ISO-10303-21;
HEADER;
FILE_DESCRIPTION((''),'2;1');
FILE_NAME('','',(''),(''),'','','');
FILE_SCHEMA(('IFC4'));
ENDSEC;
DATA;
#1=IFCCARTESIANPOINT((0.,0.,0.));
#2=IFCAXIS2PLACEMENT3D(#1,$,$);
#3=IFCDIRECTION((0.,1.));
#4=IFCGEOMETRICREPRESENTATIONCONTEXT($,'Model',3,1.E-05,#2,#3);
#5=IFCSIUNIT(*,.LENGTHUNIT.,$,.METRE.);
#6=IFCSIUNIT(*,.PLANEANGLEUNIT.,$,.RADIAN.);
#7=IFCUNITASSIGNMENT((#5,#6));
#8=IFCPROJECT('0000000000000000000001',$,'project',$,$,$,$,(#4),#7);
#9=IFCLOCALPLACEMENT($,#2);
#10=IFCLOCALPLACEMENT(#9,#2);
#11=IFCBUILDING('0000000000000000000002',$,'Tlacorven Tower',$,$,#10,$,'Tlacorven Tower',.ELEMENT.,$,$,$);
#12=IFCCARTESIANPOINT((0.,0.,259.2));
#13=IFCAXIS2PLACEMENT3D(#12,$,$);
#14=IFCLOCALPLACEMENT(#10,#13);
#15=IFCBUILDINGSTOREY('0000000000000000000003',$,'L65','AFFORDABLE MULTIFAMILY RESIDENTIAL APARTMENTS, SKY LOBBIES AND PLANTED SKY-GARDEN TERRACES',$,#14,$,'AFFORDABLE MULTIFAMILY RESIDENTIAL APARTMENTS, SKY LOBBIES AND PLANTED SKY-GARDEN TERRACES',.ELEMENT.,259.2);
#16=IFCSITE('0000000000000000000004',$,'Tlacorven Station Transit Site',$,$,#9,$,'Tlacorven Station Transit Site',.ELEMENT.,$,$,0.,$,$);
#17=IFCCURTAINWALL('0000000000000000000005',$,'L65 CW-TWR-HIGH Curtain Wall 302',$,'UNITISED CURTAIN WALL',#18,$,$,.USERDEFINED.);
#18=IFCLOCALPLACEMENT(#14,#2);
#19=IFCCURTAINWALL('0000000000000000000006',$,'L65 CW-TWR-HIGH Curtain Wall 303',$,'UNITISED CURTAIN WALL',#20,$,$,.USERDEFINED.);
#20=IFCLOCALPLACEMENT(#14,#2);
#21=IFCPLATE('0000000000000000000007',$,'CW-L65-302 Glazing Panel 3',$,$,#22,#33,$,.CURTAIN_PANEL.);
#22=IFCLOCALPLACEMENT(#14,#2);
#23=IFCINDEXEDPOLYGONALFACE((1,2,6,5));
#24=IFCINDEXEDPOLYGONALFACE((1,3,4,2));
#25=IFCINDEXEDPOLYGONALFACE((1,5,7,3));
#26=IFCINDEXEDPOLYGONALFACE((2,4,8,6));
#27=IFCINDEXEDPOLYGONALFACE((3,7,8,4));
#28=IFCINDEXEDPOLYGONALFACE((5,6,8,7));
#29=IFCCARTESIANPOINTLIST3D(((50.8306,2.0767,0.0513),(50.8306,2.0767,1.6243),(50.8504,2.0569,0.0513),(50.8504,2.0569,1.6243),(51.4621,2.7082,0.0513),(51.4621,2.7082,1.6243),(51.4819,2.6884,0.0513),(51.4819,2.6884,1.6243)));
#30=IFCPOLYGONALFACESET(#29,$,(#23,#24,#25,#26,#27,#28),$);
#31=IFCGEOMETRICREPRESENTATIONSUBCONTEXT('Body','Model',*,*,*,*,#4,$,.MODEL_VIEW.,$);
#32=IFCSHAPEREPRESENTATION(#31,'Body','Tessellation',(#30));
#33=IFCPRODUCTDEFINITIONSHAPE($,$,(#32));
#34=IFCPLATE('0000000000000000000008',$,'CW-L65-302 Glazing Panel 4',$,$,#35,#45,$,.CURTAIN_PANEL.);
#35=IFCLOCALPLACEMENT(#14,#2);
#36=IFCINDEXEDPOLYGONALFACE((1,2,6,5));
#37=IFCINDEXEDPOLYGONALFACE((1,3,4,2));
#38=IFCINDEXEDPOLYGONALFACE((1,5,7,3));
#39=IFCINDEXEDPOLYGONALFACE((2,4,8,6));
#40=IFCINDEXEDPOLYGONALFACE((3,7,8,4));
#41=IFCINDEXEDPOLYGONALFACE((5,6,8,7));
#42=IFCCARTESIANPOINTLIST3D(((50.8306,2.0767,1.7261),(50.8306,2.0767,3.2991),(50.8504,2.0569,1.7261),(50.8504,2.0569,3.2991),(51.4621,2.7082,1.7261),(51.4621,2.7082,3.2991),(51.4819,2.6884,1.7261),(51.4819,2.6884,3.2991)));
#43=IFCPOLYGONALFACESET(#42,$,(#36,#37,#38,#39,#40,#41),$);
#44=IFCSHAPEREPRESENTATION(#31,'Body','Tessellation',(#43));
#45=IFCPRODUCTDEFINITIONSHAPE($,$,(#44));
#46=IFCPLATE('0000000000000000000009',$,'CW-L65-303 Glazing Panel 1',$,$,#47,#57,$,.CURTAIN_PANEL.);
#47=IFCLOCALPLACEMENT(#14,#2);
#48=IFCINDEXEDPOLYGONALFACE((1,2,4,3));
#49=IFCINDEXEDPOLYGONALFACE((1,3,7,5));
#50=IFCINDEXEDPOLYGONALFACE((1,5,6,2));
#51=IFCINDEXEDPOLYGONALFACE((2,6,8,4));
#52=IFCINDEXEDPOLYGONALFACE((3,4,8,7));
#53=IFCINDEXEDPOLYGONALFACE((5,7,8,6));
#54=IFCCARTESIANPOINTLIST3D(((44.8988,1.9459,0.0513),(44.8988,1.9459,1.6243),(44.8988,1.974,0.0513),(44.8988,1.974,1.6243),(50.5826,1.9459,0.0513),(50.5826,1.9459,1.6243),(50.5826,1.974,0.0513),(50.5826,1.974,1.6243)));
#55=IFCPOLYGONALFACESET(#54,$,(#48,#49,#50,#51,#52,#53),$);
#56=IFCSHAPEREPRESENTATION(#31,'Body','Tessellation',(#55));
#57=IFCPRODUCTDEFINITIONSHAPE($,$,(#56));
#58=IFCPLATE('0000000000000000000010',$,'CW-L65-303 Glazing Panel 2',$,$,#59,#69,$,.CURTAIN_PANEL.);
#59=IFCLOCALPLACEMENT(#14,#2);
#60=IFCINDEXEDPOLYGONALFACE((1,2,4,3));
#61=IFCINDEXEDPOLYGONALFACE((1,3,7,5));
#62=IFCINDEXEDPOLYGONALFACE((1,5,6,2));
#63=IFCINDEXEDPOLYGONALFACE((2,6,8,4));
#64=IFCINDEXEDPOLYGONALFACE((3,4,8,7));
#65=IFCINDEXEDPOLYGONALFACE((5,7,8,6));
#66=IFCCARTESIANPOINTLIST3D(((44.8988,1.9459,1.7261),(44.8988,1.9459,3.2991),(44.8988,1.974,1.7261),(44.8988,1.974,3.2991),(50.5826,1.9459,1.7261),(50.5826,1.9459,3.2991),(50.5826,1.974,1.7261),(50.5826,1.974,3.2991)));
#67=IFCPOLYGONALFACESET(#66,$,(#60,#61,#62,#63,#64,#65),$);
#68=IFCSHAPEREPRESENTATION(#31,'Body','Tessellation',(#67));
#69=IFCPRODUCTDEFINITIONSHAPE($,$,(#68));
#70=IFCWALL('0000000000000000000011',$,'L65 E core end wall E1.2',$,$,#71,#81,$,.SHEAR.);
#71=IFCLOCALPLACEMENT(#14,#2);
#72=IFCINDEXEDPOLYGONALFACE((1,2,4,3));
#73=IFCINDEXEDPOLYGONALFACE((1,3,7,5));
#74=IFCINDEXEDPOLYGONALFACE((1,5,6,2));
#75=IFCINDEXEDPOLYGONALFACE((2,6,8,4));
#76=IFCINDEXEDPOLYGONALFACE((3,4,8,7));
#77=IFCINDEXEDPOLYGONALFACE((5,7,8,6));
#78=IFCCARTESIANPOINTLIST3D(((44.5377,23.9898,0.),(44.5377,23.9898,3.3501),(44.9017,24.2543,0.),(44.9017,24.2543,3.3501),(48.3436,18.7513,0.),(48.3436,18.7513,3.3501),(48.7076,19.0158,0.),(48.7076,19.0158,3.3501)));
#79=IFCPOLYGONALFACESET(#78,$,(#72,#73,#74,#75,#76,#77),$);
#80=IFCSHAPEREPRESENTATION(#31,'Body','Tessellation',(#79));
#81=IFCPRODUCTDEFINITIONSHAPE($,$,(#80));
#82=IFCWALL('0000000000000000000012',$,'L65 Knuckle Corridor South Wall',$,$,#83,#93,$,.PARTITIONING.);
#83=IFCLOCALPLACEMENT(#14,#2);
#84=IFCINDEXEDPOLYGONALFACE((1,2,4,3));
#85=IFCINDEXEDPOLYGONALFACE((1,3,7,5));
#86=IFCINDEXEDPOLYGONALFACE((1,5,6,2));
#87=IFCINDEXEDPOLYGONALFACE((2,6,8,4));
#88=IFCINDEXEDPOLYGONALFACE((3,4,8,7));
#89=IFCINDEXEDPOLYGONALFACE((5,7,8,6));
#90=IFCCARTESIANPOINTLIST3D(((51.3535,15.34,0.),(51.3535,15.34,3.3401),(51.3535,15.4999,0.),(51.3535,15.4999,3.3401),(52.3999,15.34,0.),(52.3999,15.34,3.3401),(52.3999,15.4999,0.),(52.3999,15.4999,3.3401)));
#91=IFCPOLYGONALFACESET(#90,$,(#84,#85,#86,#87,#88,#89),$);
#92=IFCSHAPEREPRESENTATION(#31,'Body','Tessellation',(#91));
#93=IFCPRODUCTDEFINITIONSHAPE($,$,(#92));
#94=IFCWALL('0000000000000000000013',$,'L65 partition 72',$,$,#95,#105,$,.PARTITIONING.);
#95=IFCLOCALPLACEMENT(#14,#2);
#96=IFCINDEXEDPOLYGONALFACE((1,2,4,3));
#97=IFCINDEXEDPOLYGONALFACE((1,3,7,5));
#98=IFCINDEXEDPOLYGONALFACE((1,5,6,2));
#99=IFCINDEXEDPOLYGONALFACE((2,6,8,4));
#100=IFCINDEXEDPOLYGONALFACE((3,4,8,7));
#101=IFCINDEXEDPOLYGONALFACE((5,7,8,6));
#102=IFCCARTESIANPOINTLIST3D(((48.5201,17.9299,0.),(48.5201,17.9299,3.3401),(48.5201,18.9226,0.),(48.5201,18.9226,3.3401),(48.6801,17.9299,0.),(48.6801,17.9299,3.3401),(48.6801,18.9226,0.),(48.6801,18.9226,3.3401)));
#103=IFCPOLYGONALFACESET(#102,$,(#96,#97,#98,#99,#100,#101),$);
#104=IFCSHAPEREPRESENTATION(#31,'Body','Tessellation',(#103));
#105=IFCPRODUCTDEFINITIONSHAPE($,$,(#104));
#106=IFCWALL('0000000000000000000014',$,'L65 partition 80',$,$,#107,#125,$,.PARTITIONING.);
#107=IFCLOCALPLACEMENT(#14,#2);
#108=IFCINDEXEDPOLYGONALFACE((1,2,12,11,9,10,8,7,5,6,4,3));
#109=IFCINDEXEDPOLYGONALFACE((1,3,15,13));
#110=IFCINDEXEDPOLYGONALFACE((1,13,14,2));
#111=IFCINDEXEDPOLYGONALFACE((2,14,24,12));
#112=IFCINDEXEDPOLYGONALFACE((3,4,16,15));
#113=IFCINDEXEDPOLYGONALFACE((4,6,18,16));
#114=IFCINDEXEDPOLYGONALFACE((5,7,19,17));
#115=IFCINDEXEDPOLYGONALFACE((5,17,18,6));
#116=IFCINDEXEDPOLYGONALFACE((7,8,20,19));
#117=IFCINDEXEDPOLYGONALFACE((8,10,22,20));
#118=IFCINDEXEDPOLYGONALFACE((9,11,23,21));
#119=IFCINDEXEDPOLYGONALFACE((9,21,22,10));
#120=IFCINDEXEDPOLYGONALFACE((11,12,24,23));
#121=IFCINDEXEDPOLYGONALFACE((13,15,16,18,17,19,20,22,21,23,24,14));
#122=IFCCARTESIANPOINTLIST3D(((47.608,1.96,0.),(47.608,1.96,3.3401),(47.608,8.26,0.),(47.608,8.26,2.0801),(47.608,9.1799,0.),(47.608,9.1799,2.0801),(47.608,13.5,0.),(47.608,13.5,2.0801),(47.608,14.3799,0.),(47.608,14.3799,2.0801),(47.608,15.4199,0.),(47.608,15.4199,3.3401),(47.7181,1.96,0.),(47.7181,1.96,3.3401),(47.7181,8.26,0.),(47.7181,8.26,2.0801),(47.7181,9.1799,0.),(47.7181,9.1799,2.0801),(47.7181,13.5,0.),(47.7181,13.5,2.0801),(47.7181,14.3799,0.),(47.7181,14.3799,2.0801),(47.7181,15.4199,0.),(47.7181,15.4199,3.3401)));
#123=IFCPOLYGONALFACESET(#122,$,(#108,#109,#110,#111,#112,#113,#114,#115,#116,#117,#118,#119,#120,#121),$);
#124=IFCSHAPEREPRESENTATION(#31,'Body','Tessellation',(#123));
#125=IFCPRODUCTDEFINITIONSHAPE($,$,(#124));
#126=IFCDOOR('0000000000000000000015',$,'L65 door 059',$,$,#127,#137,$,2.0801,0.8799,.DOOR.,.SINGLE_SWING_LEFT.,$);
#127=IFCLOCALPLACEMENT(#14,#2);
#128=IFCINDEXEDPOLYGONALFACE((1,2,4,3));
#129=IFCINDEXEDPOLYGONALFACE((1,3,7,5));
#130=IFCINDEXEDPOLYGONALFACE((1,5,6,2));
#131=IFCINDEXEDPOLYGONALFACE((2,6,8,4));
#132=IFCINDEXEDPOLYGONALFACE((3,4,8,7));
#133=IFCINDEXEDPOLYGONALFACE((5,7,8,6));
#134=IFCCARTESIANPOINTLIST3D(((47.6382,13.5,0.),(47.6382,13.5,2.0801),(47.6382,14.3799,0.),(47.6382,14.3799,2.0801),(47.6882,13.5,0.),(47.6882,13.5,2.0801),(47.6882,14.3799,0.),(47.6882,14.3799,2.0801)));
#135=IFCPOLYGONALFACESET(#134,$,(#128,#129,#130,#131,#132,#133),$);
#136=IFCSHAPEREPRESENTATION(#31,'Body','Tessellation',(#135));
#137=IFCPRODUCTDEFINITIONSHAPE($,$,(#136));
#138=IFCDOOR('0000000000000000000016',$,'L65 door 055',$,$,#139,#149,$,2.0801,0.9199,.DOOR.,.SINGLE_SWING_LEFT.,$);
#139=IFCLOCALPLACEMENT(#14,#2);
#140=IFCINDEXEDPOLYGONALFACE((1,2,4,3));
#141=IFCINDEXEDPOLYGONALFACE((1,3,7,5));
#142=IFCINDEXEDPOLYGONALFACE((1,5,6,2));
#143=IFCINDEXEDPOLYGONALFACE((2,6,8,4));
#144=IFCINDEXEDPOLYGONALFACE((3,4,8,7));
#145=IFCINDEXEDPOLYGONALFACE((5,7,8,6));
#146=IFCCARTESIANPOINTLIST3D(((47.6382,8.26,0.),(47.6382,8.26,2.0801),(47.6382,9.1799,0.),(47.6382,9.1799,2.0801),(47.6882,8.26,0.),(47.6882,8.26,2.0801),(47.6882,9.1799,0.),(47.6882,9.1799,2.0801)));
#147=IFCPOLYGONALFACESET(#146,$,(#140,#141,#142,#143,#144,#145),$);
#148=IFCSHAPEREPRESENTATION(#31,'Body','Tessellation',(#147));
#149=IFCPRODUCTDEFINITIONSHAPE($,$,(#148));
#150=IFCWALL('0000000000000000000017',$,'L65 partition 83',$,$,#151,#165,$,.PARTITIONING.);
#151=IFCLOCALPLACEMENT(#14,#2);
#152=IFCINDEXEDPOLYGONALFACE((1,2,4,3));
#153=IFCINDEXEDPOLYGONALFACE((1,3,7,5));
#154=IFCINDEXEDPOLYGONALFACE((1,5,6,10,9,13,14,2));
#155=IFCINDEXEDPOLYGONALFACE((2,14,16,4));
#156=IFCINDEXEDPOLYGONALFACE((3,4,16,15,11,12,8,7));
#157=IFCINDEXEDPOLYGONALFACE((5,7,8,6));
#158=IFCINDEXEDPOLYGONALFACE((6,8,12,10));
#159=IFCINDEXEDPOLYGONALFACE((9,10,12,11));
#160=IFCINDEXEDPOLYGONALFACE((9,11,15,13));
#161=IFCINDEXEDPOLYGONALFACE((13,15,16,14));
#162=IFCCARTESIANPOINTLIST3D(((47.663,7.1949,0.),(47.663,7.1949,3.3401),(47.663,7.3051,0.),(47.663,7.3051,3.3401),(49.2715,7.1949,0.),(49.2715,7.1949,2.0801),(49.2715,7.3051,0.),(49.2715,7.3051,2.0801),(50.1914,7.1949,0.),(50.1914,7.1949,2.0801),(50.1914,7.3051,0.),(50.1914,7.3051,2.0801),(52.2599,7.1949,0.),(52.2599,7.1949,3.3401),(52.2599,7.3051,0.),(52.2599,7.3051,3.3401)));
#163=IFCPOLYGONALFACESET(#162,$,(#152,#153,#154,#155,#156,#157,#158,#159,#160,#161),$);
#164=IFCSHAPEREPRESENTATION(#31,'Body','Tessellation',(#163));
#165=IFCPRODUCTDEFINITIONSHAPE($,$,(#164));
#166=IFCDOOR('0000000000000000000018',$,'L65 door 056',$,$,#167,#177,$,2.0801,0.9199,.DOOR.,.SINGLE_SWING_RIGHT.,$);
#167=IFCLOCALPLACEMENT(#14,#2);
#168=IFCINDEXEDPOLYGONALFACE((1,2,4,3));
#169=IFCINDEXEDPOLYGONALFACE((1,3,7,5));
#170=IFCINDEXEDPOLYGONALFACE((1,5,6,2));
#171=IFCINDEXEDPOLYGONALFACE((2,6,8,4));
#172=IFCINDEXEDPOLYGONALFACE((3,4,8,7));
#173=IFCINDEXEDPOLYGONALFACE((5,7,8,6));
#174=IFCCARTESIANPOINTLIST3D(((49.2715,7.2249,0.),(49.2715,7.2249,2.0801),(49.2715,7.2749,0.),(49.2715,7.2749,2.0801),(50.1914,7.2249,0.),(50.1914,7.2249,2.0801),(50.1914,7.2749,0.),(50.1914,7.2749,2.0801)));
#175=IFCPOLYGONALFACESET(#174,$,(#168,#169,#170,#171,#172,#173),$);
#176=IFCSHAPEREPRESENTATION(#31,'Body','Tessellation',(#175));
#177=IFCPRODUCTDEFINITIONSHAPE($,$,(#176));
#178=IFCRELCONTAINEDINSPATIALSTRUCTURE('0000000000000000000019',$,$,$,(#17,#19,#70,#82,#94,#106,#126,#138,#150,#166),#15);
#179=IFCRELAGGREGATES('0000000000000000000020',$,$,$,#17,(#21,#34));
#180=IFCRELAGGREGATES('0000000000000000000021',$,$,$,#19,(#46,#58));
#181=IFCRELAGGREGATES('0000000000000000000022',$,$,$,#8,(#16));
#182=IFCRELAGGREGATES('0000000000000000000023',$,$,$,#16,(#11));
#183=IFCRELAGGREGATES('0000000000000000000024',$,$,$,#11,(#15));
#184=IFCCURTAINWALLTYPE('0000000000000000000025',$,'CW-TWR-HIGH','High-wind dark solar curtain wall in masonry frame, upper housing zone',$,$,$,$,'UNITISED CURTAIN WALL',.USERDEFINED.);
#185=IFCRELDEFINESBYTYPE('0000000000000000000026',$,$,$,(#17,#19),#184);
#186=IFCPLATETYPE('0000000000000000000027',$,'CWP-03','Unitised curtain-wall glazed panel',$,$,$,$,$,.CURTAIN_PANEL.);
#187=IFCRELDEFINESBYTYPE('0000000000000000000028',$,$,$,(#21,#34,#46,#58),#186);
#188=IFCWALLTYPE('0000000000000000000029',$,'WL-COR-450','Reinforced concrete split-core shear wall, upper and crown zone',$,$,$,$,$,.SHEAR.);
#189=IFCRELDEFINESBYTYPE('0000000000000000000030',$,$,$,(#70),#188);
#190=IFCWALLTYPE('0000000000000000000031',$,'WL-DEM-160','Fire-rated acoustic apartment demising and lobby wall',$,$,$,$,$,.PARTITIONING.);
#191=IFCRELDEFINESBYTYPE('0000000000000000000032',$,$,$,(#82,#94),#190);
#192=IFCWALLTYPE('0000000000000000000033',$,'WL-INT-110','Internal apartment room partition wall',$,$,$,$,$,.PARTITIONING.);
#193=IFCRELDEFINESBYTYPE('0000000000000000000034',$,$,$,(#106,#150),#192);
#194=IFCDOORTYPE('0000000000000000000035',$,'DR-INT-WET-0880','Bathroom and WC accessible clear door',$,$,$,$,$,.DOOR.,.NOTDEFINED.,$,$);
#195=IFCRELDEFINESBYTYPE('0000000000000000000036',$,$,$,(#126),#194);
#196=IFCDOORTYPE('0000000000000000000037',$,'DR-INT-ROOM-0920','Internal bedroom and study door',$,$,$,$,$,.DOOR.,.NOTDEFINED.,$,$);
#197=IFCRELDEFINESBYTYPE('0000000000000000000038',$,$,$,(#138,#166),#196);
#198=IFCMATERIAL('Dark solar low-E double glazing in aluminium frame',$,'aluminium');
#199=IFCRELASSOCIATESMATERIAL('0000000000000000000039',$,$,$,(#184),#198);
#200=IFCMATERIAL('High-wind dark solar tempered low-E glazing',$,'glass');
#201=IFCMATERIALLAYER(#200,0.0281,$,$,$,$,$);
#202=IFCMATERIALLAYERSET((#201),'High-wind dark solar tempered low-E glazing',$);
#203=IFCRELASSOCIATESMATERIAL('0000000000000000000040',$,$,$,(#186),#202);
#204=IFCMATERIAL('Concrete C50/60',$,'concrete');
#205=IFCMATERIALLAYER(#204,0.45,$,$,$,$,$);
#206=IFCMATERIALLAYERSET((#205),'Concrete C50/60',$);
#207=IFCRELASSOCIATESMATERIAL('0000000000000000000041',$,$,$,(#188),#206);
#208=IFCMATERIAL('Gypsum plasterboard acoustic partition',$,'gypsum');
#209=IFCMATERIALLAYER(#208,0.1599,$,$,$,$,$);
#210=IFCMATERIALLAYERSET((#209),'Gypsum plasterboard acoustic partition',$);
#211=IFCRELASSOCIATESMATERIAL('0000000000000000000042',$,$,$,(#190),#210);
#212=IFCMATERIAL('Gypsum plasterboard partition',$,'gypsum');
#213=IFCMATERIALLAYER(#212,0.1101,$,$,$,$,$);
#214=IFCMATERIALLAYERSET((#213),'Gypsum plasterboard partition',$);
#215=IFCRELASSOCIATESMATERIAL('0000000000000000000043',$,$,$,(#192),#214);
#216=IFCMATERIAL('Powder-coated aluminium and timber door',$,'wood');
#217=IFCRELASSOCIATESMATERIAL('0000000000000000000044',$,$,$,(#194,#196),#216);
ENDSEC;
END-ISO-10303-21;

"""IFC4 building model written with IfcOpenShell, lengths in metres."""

from ifc_helpers import new_model, si_unit, direction, frame, frame_2d, origin, origin_2d, place, context, subcontext, project, spatial, rectangle, extrude, source, transform, mapped, material, layer, layer_set, type_object, element, fill, aggregate, save


model = new_model("IFC4")

# Units and contexts
model_context = context("Model", 3, precision=1e-05, world=origin(), true_north=direction((0.0, 1.0)))
body_context = subcontext(model_context, "Body", "Model", "MODEL_VIEW")
ifc_project = project(units=[si_unit("LENGTHUNIT", "METRE"), si_unit("PLANEANGLEUNIT", "RADIAN")], contexts=[model_context])

# Site, building, storey
site_placement = place(None, origin())
site = spatial("IfcSite", under=ifc_project, at=site_placement, Name="Tlacorven Station Transit Site", LongName="Tlacorven Station Transit Site", CompositionType="ELEMENT", RefElevation=0.0)
building_placement = place(site_placement, origin())
building = spatial("IfcBuilding", under=site, at=building_placement, Name="Tlacorven Tower", LongName="Tlacorven Tower", CompositionType="ELEMENT")
storey_placement = place(building_placement, frame((0.0, 0.0, 259.2)))
storey = spatial("IfcBuildingStorey", under=building, at=storey_placement, Name="L65", Description="AFFORDABLE MULTIFAMILY RESIDENTIAL APARTMENTS, SKY LOBBIES AND PLANTED SKY-GARDEN TERRACES", LongName="AFFORDABLE MULTIFAMILY RESIDENTIAL APARTMENTS, SKY LOBBIES AND PLANTED SKY-GARDEN TERRACES", CompositionType="ELEMENT", Elevation=259.2)

# Curtain wall
ifc_material_1 = material(Name="Dark solar low-E double glazing in aluminium frame", Category="aluminium")
curtain_wall_type = type_object("IfcCurtainWallType", Name="CW-TWR-HIGH", Description="High-wind dark solar curtain wall in masonry frame, upper housing zone", ElementType="UNITISED CURTAIN WALL", PredefinedType="USERDEFINED", material=ifc_material_1)
curtain_wall_1_placement = place(storey_placement, origin())
curtain_wall_1 = element("IfcCurtainWall", 1, at=curtain_wall_1_placement, inside=storey, type_object=curtain_wall_type, Name="L65 CW-TWR-HIGH Curtain Wall 302", ObjectType="UNITISED CURTAIN WALL", PredefinedType="USERDEFINED")

# Curtain wall
curtain_wall_2_placement = place(storey_placement, origin())
curtain_wall_2 = element("IfcCurtainWall", 2, at=curtain_wall_2_placement, inside=storey, type_object=curtain_wall_type, Name="L65 CW-TWR-HIGH Curtain Wall 303", ObjectType="UNITISED CURTAIN WALL", PredefinedType="USERDEFINED")

# Plates
ifc_material_2 = material(Name="High-wind dark solar tempered low-E glazing", Category="glass")
ifc_layer_1 = layer(ifc_material_2, 0.0281)
ifc_layer_set_1 = layer_set([ifc_layer_1], Name="High-wind dark solar tempered low-E glazing")
plate_type = type_object("IfcPlateType", Name="CWP-03", Description="Unitised curtain-wall glazed panel", PredefinedType="CURTAIN_PANEL", material=ifc_layer_set_1)
shared_shape_1 = source(origin(), body_context, "Body", "SweptSolid", [
    extrude(rectangle(XDim=0.8931, YDim=0.0281, at=origin_2d()), origin(), (0.0, 0.0, 1.0), 1.573),
])
plate_1_placement = place(storey_placement, frame((51.1562, 2.3826, 0.0513), z_axis=(0.0, 0.0, 1.0), x_axis=(-0.707107, -0.707107, 0.0)))
plate_1 = element("IfcPlate", 3, at=plate_1_placement, type_object=plate_type, Name="CW-L65-302 Glazing Panel 3", PredefinedType="CURTAIN_PANEL", context=body_context, shape_type="MappedRepresentation", body=[
    mapped(shared_shape_1, transform((0.0, 0.0, 0.0), scale=1.0)),
])
plate_2_placement = place(storey_placement, frame((51.1562, 2.3826, 1.7261), z_axis=(0.0, 0.0, 1.0), x_axis=(-0.707107, -0.707107, 0.0)))
plate_2 = element("IfcPlate", 4, at=plate_2_placement, type_object=plate_type, Name="CW-L65-302 Glazing Panel 4", PredefinedType="CURTAIN_PANEL", context=body_context, shape_type="MappedRepresentation", body=[
    mapped(shared_shape_1, transform((0.0, 0.0, 0.0), scale=1.0)),
])
aggregate(curtain_wall_1, [plate_1, plate_2])
shared_shape_2 = source(origin(), body_context, "Body", "SweptSolid", [
    extrude(rectangle(XDim=5.6838, YDim=0.0281, at=origin_2d()), origin(), (0.0, 0.0, 1.0), 1.573),
])
plate_3_placement = place(storey_placement, frame((47.7407, 1.96, 0.0513), z_axis=(0.0, 0.0, 1.0), x_axis=(-1.0, 0.0, 0.0)))
plate_3 = element("IfcPlate", 5, at=plate_3_placement, type_object=plate_type, Name="CW-L65-303 Glazing Panel 1", PredefinedType="CURTAIN_PANEL", context=body_context, shape_type="MappedRepresentation", body=[
    mapped(shared_shape_2, transform((0.0, 0.0, 0.0), scale=1.0)),
])
plate_4_placement = place(storey_placement, frame((47.7407, 1.96, 1.7261), z_axis=(0.0, 0.0, 1.0), x_axis=(-1.0, 0.0, 0.0)))
plate_4 = element("IfcPlate", 6, at=plate_4_placement, type_object=plate_type, Name="CW-L65-303 Glazing Panel 2", PredefinedType="CURTAIN_PANEL", context=body_context, shape_type="MappedRepresentation", body=[
    mapped(shared_shape_2, transform((0.0, 0.0, 0.0), scale=1.0)),
])
aggregate(curtain_wall_2, [plate_3, plate_4])

# Walls
ifc_material_3 = material(Name="Concrete C50/60", Category="concrete")
ifc_layer_2 = layer(ifc_material_3, 0.45)
ifc_layer_set_2 = layer_set([ifc_layer_2], Name="Concrete C50/60")
wall_type_1 = type_object("IfcWallType", Name="WL-COR-450", Description="Reinforced concrete split-core shear wall, upper and crown zone", PredefinedType="SHEAR", material=ifc_layer_set_2)
wall_1_placement = place(storey_placement, frame((48.5256, 18.8835, 0.0), z_axis=(0.0, 0.0, 1.0), x_axis=(-0.587775, 0.809025, 0.0)))
element("IfcWall", 7, at=wall_1_placement, inside=storey, type_object=wall_type_1, Name="L65 E core end wall E1.2", PredefinedType="SHEAR", context=body_context, shape_type="SweptSolid", body=[
    extrude(rectangle(XDim=6.4751, YDim=0.45, at=frame_2d((3.2375, 0.0))), origin(), (0.0, 0.0, 1.0), 3.3501),
])
ifc_material_4 = material(Name="Gypsum plasterboard acoustic partition", Category="gypsum")
ifc_layer_3 = layer(ifc_material_4, 0.1599)
ifc_layer_set_3 = layer_set([ifc_layer_3], Name="Gypsum plasterboard acoustic partition")
wall_type_2 = type_object("IfcWallType", Name="WL-DEM-160", Description="Fire-rated acoustic apartment demising and lobby wall", PredefinedType="PARTITIONING", material=ifc_layer_set_3)
wall_2_placement = place(storey_placement, frame((51.3535, 15.4199, 0.0), z_axis=(0.0, 0.0, 1.0), x_axis=(1.0, 0.0, 0.0)))
element("IfcWall", 8, at=wall_2_placement, inside=storey, type_object=wall_type_2, Name="L65 Knuckle Corridor South Wall", PredefinedType="PARTITIONING", context=body_context, shape_type="SweptSolid", body=[
    extrude(rectangle(XDim=1.0464, YDim=0.1599, at=frame_2d((0.5232, 0.0))), origin(), (0.0, 0.0, 1.0), 3.3401),
])
wall_3_placement = place(storey_placement, frame((48.6001, 17.9299, 0.0), z_axis=(0.0, 0.0, 1.0), x_axis=(0.0, 1.0, 0.0)))
element("IfcWall", 9, at=wall_3_placement, inside=storey, type_object=wall_type_2, Name="L65 partition 72", PredefinedType="PARTITIONING", context=body_context, shape_type="SweptSolid", body=[
    extrude(rectangle(XDim=0.9927, YDim=0.1599, at=frame_2d((0.4963, 0.0))), origin(), (0.0, 0.0, 1.0), 3.3401),
])

# Wall, openings, doors
ifc_material_5 = material(Name="Gypsum plasterboard partition", Category="gypsum")
ifc_layer_4 = layer(ifc_material_5, 0.1101)
ifc_layer_set_4 = layer_set([ifc_layer_4], Name="Gypsum plasterboard partition")
wall_type_3 = type_object("IfcWallType", Name="WL-INT-110", Description="Internal apartment room partition wall", PredefinedType="PARTITIONING", material=ifc_layer_set_4)
wall_4_placement = place(storey_placement, frame((47.6631, 1.96, 0.0), z_axis=(0.0, 0.0, 1.0), x_axis=(0.0, 1.0, 0.0)))
wall_4 = element("IfcWall", 10, at=wall_4_placement, inside=storey, type_object=wall_type_3, Name="L65 partition 80", PredefinedType="PARTITIONING", context=body_context, shape_type="SweptSolid", body=[
    extrude(rectangle(XDim=13.46, YDim=0.1101, at=frame_2d((6.73, 0.0))), origin(), (0.0, 0.0, 1.0), 3.3401),
])
opening_1_placement = place(wall_4_placement, frame((6.3, 0.0, 0.0)))
opening_1 = element("IfcOpeningElement", 11, at=opening_1_placement, cuts=wall_4, PredefinedType="OPENING", context=body_context, shape_type="SweptSolid", body=[
    extrude(rectangle(XDim=0.9199, YDim=2.0801, at=frame_2d((0.46, 1.04))), frame((0.0, 0.0649, 0.0), z_axis=(0.0, -1.0, 0.0), x_axis=(1.0, 0.0, 0.0)), (0.0, 0.0, 1.0), 0.1301),
])
opening_2_placement = place(wall_4_placement, frame((11.54, 0.0, 0.0)))
opening_2 = element("IfcOpeningElement", 12, at=opening_2_placement, cuts=wall_4, PredefinedType="OPENING", context=body_context, shape_type="SweptSolid", body=[
    extrude(rectangle(XDim=0.8799, YDim=2.0801, at=frame_2d((0.4399, 1.04))), frame((0.0, 0.0649, 0.0), z_axis=(0.0, -1.0, 0.0), x_axis=(1.0, 0.0, 0.0)), (0.0, 0.0, 1.0), 0.1301),
])
ifc_material_6 = material(Name="Powder-coated aluminium and timber door", Category="wood")
door_type_1 = type_object("IfcDoorType", Name="DR-INT-WET-0880", Description="Bathroom and WC accessible clear door", OperationType="NOTDEFINED", PredefinedType="DOOR", material=ifc_material_6)
shared_shape_3 = source(origin(), body_context, "Body", "SweptSolid", [
    extrude(rectangle(XDim=0.8799, YDim=2.0801, at=frame_2d((0.4399, 1.04))), frame((0.0, 0.0249, 0.0), z_axis=(0.0, -1.0, 0.0), x_axis=(1.0, 0.0, 0.0)), (0.0, 0.0, 1.0), 0.05),
])
door_1_placement = place(opening_2_placement, origin())
door_1 = element("IfcDoor", 13, at=door_1_placement, inside=storey, type_object=door_type_1, Name="L65 door 059", OperationType="SINGLE_SWING_LEFT", OverallHeight=2.0801, OverallWidth=0.8799, PredefinedType="DOOR", context=body_context, shape_type="MappedRepresentation", body=[
    mapped(shared_shape_3, transform((0.0, 0.0, 0.0), scale=1.0)),
])
fill(opening_2, door_1)
door_type_2 = type_object("IfcDoorType", Name="DR-INT-ROOM-0920", Description="Internal bedroom and study door", OperationType="NOTDEFINED", PredefinedType="DOOR", material=ifc_material_6)
shared_shape_4 = source(origin(), body_context, "Body", "SweptSolid", [
    extrude(rectangle(XDim=0.9199, YDim=2.0801, at=frame_2d((0.46, 1.04))), frame((0.0, 0.0249, 0.0), z_axis=(0.0, -1.0, 0.0), x_axis=(1.0, 0.0, 0.0)), (0.0, 0.0, 1.0), 0.05),
])
door_2_placement = place(opening_1_placement, origin())
door_2 = element("IfcDoor", 14, at=door_2_placement, inside=storey, type_object=door_type_2, Name="L65 door 055", OperationType="SINGLE_SWING_LEFT", OverallHeight=2.0801, OverallWidth=0.9199, PredefinedType="DOOR", context=body_context, shape_type="MappedRepresentation", body=[
    mapped(shared_shape_4, transform((0.0, 0.0, 0.0), scale=1.0)),
])
fill(opening_1, door_2)

# Wall, opening, door
wall_5_placement = place(storey_placement, frame((47.6631, 7.25, 0.0), z_axis=(0.0, 0.0, 1.0), x_axis=(1.0, 0.0, 0.0)))
wall_5 = element("IfcWall", 15, at=wall_5_placement, inside=storey, type_object=wall_type_3, Name="L65 partition 83", PredefinedType="PARTITIONING", context=body_context, shape_type="SweptSolid", body=[
    extrude(rectangle(XDim=4.5969, YDim=0.1101, at=frame_2d((2.2983, 0.0))), origin(), (0.0, 0.0, 1.0), 3.3401),
])
opening_3_placement = place(wall_5_placement, frame((1.6084, 0.0, 0.0)))
opening_3 = element("IfcOpeningElement", 16, at=opening_3_placement, cuts=wall_5, PredefinedType="OPENING", context=body_context, shape_type="SweptSolid", body=[
    extrude(rectangle(XDim=0.9199, YDim=2.0801, at=frame_2d((0.46, 1.04))), frame((0.0, 0.0649, 0.0), z_axis=(0.0, -1.0, 0.0), x_axis=(1.0, 0.0, 0.0)), (0.0, 0.0, 1.0), 0.1301),
])
door_3_placement = place(opening_3_placement, origin())
door_3 = element("IfcDoor", 17, at=door_3_placement, inside=storey, type_object=door_type_2, Name="L65 door 056", OperationType="SINGLE_SWING_RIGHT", OverallHeight=2.0801, OverallWidth=0.9199, PredefinedType="DOOR", context=body_context, shape_type="MappedRepresentation", body=[
    mapped(shared_shape_4, transform((0.0, 0.0, 0.0), scale=1.0)),
])
fill(opening_3, door_3)

save(model, "model.ifc")
